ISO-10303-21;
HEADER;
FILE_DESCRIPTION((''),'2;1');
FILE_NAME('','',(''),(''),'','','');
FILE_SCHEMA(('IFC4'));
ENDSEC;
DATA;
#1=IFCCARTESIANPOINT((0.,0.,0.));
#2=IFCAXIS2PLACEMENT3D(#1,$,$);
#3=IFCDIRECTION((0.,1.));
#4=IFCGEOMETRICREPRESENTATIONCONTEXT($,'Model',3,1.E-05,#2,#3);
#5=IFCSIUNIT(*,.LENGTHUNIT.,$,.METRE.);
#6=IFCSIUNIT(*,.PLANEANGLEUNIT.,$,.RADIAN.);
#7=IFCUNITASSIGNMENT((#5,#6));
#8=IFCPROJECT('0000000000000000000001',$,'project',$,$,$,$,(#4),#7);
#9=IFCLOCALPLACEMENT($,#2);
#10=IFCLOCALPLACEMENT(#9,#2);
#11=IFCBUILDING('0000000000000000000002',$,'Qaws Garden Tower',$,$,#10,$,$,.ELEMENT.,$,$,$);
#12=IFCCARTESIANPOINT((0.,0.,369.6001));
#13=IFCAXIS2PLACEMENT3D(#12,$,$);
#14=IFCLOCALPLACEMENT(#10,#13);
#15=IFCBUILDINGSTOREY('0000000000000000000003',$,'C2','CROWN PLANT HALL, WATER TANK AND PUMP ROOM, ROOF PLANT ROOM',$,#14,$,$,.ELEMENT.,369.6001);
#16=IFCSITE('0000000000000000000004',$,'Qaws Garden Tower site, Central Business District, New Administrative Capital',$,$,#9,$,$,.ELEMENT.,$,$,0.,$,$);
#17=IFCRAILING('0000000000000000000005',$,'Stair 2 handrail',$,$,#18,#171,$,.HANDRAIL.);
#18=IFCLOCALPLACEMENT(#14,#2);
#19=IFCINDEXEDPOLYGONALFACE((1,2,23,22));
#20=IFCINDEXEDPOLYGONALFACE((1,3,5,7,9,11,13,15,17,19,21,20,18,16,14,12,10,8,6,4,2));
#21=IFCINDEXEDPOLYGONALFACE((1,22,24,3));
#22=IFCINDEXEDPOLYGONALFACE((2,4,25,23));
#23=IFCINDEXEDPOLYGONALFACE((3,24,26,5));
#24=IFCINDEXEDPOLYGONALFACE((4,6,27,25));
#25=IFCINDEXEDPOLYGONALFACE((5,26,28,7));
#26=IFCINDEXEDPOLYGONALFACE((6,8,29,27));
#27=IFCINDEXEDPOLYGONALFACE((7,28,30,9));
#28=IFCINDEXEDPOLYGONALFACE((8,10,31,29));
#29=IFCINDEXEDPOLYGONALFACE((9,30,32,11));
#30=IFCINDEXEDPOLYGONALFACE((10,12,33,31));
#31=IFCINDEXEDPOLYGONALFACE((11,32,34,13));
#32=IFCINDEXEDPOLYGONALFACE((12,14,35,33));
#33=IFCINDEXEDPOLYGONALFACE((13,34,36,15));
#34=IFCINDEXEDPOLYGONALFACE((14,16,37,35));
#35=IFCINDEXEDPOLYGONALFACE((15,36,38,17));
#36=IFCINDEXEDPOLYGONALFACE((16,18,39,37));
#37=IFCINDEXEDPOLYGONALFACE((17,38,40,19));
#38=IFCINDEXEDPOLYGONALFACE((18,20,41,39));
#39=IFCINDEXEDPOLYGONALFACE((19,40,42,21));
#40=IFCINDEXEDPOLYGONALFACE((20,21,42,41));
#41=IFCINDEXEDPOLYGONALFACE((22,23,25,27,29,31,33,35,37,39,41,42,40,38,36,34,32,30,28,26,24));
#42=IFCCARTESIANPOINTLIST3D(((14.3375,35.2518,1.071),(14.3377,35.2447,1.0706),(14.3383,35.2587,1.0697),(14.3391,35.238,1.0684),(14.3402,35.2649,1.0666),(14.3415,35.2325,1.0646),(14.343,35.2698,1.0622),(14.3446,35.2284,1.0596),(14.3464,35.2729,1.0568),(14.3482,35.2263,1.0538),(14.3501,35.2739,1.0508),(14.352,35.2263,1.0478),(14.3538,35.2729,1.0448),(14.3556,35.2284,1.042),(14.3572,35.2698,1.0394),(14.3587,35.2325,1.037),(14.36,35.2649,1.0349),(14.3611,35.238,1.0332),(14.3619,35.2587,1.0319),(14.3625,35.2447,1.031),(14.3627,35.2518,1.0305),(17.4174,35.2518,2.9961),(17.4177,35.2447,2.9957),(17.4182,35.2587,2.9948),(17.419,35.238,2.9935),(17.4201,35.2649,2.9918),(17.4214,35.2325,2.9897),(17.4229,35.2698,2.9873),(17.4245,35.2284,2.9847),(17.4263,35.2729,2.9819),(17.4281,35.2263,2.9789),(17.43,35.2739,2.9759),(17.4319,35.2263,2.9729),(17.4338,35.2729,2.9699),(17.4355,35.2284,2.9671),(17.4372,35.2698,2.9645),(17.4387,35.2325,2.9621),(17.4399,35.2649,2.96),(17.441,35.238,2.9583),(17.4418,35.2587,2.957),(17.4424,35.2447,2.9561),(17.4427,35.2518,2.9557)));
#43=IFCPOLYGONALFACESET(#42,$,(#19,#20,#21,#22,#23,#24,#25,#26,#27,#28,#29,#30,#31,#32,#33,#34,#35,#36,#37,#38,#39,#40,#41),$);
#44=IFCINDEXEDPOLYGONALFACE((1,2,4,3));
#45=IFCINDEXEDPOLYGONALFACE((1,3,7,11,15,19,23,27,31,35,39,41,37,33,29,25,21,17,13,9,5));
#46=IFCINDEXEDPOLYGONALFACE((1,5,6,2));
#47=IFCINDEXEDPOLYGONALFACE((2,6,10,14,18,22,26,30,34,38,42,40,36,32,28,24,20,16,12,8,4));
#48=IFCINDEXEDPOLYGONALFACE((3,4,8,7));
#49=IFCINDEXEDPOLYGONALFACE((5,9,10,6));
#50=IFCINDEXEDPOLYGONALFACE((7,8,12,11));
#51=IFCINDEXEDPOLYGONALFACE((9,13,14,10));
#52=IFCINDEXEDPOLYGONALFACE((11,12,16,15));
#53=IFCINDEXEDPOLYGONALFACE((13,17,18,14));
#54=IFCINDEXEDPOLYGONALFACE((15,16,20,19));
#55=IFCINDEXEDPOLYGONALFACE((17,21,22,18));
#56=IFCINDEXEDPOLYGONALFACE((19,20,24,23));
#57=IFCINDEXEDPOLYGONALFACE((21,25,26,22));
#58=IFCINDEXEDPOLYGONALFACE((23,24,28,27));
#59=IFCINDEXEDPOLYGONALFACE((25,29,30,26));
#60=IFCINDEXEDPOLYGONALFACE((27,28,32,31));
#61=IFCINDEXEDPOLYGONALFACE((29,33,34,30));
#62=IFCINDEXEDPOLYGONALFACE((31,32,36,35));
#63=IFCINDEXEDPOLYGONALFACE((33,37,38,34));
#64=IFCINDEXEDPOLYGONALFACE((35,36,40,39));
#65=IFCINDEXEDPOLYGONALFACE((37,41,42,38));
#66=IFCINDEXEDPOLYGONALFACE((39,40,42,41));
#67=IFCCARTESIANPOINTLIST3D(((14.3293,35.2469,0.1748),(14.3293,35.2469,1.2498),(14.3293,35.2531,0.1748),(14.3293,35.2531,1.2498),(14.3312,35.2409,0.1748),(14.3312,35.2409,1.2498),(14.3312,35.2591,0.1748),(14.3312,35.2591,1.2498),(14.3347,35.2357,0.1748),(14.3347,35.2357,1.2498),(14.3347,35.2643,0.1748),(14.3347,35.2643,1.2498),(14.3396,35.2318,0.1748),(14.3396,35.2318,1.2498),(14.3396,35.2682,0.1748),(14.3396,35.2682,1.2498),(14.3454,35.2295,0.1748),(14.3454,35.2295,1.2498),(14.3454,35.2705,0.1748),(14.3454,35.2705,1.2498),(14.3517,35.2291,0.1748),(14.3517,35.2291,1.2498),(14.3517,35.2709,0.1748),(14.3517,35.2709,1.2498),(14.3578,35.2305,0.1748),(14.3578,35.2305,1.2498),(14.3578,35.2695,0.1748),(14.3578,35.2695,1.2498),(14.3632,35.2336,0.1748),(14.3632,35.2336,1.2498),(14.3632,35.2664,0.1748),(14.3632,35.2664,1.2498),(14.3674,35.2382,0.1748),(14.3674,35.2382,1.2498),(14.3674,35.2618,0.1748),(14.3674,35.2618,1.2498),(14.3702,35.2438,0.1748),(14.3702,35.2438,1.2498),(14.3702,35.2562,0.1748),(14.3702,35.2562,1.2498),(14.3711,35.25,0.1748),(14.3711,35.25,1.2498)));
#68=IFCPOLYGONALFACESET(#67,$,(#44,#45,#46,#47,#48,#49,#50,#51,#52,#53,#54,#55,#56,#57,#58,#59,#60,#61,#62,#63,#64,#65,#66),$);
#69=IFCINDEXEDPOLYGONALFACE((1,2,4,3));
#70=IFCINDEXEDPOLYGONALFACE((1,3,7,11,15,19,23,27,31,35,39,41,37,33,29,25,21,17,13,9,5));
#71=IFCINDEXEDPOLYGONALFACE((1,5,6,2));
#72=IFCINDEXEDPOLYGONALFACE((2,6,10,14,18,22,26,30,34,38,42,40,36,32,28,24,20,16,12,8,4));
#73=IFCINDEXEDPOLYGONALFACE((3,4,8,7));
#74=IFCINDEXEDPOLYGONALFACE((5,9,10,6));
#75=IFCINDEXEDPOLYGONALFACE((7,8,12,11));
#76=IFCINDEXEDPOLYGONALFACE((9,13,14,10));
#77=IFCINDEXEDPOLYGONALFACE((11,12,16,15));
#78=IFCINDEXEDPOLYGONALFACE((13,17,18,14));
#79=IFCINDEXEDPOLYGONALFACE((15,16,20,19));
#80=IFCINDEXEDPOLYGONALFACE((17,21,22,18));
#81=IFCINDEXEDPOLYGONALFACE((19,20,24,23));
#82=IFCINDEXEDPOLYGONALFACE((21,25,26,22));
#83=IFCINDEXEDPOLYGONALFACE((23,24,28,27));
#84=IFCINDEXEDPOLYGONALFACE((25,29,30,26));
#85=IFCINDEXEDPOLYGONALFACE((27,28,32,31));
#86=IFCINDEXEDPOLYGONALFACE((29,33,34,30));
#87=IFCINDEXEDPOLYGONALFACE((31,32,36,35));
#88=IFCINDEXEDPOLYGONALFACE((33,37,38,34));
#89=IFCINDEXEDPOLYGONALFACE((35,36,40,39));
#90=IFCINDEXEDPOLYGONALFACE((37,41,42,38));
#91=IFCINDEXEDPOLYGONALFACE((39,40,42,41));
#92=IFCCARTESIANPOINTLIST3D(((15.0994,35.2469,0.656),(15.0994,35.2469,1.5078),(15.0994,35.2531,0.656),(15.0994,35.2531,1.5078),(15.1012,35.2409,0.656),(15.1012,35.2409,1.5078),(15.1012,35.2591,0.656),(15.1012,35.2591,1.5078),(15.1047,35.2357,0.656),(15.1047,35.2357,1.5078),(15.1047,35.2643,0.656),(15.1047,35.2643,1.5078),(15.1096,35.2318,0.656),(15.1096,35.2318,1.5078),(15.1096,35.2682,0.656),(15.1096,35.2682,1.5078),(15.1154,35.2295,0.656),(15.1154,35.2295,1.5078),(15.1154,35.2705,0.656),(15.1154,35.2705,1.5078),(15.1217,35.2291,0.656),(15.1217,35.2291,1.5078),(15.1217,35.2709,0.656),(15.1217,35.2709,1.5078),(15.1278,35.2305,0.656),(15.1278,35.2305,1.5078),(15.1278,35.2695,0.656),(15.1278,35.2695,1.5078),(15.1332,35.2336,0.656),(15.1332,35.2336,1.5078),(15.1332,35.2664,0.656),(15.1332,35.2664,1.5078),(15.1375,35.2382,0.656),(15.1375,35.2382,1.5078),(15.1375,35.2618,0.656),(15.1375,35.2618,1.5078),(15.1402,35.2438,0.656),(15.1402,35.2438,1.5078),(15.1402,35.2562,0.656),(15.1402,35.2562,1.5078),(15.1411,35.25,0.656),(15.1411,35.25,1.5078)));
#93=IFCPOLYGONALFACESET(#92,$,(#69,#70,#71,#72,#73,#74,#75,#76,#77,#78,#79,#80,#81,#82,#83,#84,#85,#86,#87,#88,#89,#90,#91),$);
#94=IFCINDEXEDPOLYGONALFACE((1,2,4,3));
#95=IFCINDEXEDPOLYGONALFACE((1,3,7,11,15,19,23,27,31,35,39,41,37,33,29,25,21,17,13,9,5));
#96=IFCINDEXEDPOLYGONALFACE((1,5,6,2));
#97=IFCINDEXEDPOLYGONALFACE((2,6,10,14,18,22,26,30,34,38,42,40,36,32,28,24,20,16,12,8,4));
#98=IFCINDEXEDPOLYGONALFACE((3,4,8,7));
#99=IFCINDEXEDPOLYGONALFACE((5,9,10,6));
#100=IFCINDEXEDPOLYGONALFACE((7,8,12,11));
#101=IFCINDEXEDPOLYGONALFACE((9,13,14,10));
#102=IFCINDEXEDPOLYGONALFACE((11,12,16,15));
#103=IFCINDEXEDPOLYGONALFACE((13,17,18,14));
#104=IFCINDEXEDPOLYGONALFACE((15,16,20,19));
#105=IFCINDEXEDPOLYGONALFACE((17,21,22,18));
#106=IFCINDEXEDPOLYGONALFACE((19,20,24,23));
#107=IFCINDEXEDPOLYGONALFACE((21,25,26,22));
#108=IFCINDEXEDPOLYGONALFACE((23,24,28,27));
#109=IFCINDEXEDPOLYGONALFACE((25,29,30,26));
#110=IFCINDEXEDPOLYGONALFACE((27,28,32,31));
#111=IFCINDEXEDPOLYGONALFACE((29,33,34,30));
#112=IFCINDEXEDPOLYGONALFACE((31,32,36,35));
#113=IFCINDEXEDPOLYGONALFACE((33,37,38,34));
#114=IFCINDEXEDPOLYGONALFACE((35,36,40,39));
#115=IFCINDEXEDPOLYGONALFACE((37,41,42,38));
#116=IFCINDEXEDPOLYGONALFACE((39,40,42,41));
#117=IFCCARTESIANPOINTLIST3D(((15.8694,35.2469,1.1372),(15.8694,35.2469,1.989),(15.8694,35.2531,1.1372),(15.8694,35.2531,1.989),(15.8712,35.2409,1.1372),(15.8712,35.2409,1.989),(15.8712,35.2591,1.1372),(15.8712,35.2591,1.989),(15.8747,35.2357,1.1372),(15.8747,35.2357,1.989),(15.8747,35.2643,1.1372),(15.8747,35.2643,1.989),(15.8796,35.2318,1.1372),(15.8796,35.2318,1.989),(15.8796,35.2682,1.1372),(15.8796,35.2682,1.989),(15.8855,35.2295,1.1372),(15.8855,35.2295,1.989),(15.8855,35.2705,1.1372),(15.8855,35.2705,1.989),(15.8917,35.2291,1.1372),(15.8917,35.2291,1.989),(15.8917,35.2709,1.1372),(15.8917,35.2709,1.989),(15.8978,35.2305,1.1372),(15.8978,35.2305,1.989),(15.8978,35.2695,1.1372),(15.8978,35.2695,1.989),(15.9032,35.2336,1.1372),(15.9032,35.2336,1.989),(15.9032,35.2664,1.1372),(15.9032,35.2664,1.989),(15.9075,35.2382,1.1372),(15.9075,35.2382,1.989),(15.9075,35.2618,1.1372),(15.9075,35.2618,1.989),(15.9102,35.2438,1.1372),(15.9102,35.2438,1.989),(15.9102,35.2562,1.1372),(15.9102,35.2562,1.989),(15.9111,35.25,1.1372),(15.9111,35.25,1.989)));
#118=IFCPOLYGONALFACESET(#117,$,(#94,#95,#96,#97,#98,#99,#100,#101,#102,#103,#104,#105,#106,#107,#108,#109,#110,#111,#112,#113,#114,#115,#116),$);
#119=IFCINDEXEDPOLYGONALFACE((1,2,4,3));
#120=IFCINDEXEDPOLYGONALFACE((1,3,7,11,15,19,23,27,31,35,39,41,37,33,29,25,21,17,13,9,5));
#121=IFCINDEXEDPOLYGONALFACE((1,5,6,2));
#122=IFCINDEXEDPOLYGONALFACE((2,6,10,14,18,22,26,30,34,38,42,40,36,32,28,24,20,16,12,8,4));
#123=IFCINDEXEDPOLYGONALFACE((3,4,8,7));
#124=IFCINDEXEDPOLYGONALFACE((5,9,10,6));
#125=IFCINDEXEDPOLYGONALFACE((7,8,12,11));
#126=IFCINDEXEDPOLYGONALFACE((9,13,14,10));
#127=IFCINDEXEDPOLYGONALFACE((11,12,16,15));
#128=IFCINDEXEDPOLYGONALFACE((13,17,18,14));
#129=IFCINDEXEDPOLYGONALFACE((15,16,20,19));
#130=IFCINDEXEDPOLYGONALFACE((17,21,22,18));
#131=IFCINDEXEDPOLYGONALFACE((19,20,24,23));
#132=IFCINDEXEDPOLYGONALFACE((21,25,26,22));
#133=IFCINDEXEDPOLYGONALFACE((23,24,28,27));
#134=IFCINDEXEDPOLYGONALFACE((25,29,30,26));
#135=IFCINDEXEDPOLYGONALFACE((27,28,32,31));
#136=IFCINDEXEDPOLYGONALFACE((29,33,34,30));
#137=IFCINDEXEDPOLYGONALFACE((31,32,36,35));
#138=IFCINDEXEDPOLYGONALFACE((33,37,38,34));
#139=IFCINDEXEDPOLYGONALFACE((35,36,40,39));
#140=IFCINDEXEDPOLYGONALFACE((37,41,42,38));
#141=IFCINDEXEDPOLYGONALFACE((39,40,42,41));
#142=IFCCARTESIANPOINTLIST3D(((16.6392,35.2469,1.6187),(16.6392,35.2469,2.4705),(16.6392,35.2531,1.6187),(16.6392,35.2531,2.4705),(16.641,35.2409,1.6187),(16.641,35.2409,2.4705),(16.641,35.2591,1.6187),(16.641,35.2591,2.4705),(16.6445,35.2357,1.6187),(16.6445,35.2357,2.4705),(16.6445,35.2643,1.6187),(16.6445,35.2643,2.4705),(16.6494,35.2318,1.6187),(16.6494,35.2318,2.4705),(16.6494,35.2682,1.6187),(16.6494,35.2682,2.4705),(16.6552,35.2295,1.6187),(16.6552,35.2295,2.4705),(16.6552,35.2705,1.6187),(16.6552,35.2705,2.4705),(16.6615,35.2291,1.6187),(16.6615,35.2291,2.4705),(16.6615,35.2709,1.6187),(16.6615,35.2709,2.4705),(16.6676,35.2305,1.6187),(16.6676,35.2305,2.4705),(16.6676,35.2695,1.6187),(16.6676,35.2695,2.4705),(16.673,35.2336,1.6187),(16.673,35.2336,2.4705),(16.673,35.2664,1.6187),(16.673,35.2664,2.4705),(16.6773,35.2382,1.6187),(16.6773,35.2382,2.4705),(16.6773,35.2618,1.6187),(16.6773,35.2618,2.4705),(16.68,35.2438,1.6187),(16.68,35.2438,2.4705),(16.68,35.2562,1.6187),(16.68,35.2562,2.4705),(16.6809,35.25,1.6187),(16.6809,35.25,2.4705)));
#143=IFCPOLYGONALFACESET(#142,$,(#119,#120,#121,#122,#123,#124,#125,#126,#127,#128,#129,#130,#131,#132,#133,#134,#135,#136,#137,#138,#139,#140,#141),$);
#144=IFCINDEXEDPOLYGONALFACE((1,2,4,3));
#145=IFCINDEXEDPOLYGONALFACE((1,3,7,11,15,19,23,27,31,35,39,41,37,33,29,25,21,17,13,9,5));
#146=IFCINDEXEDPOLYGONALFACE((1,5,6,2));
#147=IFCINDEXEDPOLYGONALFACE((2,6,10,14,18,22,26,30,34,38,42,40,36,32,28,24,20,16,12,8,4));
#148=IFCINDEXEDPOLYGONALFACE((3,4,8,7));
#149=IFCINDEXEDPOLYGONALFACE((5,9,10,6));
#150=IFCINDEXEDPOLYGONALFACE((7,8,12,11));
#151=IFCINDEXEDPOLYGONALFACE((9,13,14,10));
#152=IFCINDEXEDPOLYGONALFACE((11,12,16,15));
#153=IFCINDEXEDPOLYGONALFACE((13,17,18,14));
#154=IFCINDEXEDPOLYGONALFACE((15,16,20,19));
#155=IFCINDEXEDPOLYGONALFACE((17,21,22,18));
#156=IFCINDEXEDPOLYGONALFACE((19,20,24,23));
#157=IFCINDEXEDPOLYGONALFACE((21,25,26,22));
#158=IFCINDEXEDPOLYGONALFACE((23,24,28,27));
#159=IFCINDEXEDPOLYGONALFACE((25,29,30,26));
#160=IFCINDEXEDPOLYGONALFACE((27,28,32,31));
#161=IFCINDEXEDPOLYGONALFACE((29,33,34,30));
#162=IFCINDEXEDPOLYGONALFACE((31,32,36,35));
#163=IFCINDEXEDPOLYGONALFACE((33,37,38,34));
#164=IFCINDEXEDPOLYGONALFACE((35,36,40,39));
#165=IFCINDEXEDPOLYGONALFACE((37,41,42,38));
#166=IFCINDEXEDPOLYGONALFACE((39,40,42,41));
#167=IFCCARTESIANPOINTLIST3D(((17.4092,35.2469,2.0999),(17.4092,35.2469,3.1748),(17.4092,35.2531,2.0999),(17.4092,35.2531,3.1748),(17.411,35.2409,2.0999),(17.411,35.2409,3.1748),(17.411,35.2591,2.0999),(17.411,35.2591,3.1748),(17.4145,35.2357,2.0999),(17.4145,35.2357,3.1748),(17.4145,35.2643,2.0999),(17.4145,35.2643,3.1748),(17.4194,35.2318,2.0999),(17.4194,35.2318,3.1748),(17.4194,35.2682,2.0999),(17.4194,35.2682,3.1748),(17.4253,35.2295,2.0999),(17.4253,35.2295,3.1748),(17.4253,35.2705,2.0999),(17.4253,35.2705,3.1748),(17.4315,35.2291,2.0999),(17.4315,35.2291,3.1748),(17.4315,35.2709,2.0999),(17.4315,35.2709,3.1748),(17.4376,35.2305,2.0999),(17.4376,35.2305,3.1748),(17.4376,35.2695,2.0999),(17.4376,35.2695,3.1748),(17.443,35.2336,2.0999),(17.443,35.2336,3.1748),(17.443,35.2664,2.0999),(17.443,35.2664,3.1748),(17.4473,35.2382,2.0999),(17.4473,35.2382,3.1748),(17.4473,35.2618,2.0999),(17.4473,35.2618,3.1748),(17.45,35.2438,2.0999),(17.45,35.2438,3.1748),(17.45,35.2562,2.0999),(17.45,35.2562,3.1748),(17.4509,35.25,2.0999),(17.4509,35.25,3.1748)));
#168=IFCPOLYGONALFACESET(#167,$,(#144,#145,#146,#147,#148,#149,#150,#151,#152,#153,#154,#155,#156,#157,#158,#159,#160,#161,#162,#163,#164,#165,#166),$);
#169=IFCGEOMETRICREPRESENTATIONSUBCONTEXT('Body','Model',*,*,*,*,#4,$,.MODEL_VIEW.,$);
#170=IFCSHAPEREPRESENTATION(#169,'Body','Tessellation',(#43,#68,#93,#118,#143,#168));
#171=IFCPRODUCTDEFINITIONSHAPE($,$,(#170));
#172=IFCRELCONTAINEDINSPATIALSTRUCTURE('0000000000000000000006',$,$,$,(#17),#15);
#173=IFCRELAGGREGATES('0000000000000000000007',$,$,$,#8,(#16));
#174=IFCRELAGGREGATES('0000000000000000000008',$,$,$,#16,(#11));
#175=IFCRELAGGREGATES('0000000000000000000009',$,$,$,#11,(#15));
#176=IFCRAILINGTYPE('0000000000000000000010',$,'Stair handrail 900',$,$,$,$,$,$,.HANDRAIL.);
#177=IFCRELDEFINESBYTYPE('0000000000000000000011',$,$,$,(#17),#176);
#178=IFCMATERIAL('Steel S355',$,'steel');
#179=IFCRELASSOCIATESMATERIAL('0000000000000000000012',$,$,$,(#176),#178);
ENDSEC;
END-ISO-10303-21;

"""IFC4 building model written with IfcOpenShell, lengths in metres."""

from ifc_helpers import new_model, si_unit, direction, frame, origin, origin_2d, place, context, subcontext, project, spatial, circle, extrude, material, type_object, element, save


model = new_model("IFC4")

# Units and contexts
model_context = context("Model", 3, precision=1e-05, world=origin(), true_north=direction((0.0, 1.0)))
body_context = subcontext(model_context, "Body", "Model", "MODEL_VIEW")
ifc_project = project(units=[si_unit("LENGTHUNIT", "METRE"), si_unit("PLANEANGLEUNIT", "RADIAN")], contexts=[model_context])

# Site, building, storey
site_placement = place(None, origin())
site = spatial("IfcSite", under=ifc_project, at=site_placement, Name="Qaws Garden Tower site, Central Business District, New Administrative Capital", CompositionType="ELEMENT", RefElevation=0.0)
building_placement = place(site_placement, origin())
building = spatial("IfcBuilding", under=site, at=building_placement, Name="Qaws Garden Tower", CompositionType="ELEMENT")
storey_placement = place(building_placement, frame((0.0, 0.0, 369.6001)))
storey = spatial("IfcBuildingStorey", under=building, at=storey_placement, Name="C2", Description="CROWN PLANT HALL, WATER TANK AND PUMP ROOM, ROOF PLANT ROOM", CompositionType="ELEMENT", Elevation=369.6001)

# Railing
ifc_material_1 = material(Name="Steel S355", Category="steel")
railing_type = type_object("IfcRailingType", Name="Stair handrail 900", PredefinedType="HANDRAIL", material=ifc_material_1)
railing_1_placement = place(storey_placement, frame((14.3501, 35.25, 0.1748)))
element("IfcRailing", 1, at=railing_1_placement, inside=storey, type_object=railing_type, Name="Stair 2 handrail", PredefinedType="HANDRAIL", context=body_context, shape_type="SweptSolid", body=[
    extrude(circle(Radius=0.0239, at=origin_2d()), frame((0.0, 0.0, 0.876), z_axis=(0.847979, 0.0, 0.530029), x_axis=(0.0, 1.0, 0.0)), (0.0, 0.0, 1.0), 3.6321),
    extrude(circle(Radius=0.021, at=origin_2d()), origin(), (0.0, 0.0, 1.0), 1.075),
    extrude(circle(Radius=0.021, at=origin_2d()), frame((0.77, 0.0, 0.4812)), (0.0, 0.0, 1.0), 0.8518),
    extrude(circle(Radius=0.021, at=origin_2d()), frame((1.54, 0.0, 0.9624)), (0.0, 0.0, 1.0), 0.8518),
    extrude(circle(Radius=0.021, at=origin_2d()), frame((2.3098, 0.0, 1.4438)), (0.0, 0.0, 1.0), 0.8518),
    extrude(circle(Radius=0.021, at=origin_2d()), frame((3.0798, 0.0, 1.925)), (0.0, 0.0, 1.0), 1.075),
])

save(model, "model.ifc")
